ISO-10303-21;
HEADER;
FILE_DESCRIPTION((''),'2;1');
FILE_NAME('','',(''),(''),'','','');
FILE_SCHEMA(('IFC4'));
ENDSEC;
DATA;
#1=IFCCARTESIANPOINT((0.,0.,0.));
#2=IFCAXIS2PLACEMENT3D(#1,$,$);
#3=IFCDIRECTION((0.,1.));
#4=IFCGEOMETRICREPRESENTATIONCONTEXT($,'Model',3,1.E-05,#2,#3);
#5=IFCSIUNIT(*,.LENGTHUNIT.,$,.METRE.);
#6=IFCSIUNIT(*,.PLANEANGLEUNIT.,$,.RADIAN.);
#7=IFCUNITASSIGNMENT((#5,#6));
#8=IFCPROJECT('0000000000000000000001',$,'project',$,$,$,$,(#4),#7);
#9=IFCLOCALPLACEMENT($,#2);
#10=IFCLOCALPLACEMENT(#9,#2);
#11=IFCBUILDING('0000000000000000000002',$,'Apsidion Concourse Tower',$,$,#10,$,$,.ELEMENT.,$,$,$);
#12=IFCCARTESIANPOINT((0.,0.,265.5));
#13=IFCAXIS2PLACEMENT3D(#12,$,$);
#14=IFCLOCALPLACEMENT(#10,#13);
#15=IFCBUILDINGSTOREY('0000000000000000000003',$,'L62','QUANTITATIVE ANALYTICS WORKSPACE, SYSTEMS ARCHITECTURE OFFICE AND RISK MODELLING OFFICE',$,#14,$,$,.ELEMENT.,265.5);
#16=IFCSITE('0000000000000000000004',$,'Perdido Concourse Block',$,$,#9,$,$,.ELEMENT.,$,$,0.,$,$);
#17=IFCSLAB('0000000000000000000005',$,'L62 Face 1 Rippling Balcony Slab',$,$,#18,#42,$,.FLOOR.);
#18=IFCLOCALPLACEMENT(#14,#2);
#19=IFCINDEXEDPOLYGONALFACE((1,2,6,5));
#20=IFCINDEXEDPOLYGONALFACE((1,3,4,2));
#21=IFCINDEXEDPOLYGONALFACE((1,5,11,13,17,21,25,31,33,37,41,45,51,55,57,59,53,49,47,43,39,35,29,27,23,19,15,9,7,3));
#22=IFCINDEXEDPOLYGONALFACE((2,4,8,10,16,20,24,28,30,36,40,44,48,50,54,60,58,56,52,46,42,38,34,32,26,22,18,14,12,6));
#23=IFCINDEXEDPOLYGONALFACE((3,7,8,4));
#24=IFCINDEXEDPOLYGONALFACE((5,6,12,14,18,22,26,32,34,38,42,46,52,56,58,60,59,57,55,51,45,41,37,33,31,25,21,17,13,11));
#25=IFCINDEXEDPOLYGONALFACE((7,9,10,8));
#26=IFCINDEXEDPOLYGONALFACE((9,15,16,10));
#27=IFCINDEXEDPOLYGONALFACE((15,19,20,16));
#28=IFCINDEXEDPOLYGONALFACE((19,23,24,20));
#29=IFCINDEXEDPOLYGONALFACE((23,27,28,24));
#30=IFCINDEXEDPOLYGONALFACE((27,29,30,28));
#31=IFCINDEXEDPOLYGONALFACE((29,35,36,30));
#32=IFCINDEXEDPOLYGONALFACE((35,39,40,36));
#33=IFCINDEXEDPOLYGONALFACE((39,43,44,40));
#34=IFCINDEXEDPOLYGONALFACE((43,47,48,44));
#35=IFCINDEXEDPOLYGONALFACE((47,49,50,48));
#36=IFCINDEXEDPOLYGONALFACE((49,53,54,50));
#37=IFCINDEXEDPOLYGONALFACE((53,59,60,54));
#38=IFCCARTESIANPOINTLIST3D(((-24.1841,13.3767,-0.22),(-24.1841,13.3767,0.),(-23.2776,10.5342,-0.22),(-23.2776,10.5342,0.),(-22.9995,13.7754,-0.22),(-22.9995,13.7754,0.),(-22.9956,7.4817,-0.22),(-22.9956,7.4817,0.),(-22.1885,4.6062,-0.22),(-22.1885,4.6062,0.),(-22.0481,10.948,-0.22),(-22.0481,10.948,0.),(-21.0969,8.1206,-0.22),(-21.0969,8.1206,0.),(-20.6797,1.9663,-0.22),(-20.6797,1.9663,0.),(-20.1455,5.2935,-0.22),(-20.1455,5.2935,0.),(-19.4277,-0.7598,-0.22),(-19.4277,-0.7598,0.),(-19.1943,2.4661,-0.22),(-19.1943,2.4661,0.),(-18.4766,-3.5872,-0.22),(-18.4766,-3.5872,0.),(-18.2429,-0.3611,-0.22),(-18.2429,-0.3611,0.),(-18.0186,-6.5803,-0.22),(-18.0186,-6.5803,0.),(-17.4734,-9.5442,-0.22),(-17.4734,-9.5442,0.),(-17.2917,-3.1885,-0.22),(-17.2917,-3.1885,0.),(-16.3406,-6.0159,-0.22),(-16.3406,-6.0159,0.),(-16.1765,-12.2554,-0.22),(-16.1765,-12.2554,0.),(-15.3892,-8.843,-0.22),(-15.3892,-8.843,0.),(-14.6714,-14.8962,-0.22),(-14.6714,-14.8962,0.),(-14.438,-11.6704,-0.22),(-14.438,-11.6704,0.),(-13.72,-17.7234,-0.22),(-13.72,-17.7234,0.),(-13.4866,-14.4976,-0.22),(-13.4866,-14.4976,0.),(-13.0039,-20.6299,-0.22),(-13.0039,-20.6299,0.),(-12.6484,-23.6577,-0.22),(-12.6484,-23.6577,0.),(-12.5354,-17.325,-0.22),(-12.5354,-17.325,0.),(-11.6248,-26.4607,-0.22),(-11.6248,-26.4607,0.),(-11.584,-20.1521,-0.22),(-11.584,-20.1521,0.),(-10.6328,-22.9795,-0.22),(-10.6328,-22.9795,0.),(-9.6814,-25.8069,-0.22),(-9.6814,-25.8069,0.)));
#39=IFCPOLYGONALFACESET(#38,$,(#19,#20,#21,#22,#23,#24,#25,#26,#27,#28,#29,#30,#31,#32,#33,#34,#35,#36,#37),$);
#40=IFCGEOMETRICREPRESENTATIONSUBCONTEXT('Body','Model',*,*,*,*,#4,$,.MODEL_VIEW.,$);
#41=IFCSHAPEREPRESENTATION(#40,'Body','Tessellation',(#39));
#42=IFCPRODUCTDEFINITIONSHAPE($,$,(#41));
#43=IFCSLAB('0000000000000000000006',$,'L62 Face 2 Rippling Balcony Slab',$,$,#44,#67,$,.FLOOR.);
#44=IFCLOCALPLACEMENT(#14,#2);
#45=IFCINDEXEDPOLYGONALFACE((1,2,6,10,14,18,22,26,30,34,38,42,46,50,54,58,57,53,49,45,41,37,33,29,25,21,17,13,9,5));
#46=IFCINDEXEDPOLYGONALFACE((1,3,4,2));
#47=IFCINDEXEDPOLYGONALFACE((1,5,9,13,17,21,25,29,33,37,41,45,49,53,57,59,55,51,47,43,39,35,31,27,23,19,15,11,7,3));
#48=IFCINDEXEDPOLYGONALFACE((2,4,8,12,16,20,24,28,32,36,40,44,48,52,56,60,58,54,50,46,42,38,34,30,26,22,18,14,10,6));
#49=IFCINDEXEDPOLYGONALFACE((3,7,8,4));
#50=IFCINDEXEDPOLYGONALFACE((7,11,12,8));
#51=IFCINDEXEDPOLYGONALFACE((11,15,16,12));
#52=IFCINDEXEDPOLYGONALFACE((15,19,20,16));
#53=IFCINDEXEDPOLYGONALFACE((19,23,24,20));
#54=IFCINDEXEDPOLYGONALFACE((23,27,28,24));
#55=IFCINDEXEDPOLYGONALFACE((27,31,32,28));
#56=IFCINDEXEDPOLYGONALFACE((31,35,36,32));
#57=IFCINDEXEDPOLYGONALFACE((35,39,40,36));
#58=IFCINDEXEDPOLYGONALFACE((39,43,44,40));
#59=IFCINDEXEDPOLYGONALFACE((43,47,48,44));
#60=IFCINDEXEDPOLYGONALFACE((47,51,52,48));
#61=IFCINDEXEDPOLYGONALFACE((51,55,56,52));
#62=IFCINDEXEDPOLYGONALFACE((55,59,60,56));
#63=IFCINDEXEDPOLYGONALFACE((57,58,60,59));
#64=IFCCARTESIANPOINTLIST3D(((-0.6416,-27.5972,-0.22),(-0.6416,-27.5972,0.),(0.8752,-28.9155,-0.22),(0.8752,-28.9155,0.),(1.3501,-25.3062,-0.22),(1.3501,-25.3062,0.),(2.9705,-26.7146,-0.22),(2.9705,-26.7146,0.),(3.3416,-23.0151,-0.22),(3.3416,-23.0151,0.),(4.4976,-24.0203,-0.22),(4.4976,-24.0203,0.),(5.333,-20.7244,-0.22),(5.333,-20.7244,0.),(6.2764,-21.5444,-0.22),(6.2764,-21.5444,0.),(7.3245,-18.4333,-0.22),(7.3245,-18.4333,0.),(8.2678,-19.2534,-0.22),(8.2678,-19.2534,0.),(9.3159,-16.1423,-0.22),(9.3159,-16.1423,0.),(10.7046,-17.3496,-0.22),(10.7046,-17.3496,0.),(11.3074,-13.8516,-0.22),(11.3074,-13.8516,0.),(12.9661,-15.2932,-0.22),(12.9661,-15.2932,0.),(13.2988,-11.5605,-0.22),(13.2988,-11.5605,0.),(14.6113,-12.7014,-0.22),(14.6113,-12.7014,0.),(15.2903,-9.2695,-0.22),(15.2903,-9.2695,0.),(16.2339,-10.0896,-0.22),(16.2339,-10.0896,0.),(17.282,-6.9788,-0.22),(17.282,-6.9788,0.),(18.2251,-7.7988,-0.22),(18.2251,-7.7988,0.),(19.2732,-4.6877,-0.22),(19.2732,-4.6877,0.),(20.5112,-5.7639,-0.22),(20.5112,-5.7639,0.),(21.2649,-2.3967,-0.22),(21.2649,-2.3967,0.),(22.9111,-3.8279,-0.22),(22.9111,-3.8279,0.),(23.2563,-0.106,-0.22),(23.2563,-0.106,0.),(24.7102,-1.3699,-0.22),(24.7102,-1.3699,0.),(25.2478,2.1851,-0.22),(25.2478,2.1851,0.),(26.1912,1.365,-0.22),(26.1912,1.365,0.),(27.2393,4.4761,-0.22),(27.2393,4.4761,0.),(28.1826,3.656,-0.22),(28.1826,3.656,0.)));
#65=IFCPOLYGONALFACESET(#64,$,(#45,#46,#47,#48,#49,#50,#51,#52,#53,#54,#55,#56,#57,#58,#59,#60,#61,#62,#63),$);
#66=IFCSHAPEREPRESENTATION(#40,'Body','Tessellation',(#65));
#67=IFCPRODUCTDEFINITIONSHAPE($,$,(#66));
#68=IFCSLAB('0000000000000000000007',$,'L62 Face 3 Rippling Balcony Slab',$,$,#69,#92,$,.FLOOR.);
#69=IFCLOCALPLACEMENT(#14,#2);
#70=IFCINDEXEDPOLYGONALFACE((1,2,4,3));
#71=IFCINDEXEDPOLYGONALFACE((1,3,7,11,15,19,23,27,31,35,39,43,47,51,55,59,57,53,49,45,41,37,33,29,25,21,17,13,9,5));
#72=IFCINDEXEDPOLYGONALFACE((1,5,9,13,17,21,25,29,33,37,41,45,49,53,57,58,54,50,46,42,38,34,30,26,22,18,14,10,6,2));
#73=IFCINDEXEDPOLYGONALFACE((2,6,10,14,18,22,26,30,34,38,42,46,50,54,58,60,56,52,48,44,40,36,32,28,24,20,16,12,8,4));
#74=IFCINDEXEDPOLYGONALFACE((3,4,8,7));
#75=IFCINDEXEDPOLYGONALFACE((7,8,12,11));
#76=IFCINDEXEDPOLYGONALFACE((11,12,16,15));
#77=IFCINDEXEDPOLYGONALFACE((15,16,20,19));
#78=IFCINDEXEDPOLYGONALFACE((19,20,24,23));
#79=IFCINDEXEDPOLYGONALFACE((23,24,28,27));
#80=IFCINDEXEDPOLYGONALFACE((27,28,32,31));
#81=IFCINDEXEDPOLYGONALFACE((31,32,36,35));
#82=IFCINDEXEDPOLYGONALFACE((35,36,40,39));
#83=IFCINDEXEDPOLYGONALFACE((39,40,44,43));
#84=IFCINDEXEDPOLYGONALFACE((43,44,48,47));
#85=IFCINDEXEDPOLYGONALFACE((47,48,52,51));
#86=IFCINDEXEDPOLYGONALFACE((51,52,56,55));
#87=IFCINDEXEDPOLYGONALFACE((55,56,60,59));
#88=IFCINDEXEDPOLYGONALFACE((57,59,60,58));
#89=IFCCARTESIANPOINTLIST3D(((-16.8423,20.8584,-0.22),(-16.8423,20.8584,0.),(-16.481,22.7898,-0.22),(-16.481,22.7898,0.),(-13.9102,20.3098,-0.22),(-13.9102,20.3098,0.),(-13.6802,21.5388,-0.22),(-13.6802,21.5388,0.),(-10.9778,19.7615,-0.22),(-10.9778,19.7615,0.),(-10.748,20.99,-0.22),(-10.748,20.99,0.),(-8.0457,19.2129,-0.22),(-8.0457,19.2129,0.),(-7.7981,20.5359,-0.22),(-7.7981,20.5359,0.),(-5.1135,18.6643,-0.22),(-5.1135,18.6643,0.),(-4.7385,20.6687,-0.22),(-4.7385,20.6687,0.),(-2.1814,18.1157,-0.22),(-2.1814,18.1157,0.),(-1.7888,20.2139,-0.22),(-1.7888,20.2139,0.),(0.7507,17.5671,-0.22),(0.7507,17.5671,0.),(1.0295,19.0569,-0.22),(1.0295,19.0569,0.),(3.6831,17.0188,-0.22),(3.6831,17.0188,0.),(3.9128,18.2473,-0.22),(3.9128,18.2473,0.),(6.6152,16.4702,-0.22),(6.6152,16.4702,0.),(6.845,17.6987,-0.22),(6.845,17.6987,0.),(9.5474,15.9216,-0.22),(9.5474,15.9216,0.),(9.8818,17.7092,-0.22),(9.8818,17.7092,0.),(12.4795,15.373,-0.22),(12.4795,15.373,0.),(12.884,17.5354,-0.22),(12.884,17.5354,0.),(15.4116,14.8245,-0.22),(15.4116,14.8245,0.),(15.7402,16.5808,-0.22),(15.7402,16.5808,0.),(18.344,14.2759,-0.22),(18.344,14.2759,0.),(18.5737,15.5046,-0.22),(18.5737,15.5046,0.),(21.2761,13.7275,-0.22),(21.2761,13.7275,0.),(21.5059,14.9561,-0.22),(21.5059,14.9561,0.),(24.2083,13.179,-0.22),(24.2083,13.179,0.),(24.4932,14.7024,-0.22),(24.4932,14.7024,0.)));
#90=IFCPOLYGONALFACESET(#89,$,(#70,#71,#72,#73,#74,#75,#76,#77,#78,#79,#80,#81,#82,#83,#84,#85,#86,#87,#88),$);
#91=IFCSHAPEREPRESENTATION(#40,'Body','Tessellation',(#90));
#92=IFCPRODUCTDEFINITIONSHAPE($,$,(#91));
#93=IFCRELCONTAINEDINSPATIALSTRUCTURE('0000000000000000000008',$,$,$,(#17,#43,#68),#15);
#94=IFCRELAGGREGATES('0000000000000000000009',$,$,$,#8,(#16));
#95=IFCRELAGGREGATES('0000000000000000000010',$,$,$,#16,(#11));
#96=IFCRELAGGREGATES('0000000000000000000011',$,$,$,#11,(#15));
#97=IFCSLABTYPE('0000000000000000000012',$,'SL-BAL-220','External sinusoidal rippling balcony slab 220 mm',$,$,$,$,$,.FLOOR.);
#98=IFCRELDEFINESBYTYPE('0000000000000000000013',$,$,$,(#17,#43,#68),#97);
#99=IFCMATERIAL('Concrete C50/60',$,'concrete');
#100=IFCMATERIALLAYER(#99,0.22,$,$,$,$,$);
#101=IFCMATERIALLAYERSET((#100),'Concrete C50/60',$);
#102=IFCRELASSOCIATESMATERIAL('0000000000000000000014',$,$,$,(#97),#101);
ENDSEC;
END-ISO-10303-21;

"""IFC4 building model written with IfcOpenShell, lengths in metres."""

from ifc_helpers import new_model, si_unit, direction, frame, origin, place, context, subcontext, project, spatial, polyline, outline, extrude, material, layer, layer_set, type_object, element, save


model = new_model("IFC4")

# Units and contexts
model_context = context("Model", 3, precision=1e-05, world=origin(), true_north=direction((0.0, 1.0)))
body_context = subcontext(model_context, "Body", "Model", "MODEL_VIEW")
ifc_project = project(units=[si_unit("LENGTHUNIT", "METRE"), si_unit("PLANEANGLEUNIT", "RADIAN")], contexts=[model_context])

# Site, building, storey
site_placement = place(None, origin())
site = spatial("IfcSite", under=ifc_project, at=site_placement, Name="Perdido Concourse Block", CompositionType="ELEMENT", RefElevation=0.0)
building_placement = place(site_placement, origin())
building = spatial("IfcBuilding", under=site, at=building_placement, Name="Apsidion Concourse Tower", CompositionType="ELEMENT")
storey_placement = place(building_placement, frame((0.0, 0.0, 265.5)))
storey = spatial("IfcBuildingStorey", under=building, at=storey_placement, Name="L62", Description="QUANTITATIVE ANALYTICS WORKSPACE, SYSTEMS ARCHITECTURE OFFICE AND RISK MODELLING OFFICE", CompositionType="ELEMENT", Elevation=265.5)

# Shared definitions
ifc_material_1 = material(Name="Concrete C50/60", Category="concrete")

# Slabs
ifc_layer_1 = layer(ifc_material_1, 0.22)
ifc_layer_set_1 = layer_set([ifc_layer_1], Name="Concrete C50/60")
slab_type_1 = type_object("IfcSlabType", Name="SL-BAL-220", Description="External sinusoidal rippling balcony slab 220 mm", PredefinedType="FLOOR", material=ifc_layer_set_1)
slab_1_placement = place(storey_placement, frame((0.0, 0.0, -0.22)))
element("IfcSlab", 1, at=slab_1_placement, inside=storey, type_object=slab_type_1, Name="L62 Face 1 Rippling Balcony Slab", PredefinedType="FLOOR", context=body_context, shape_type="SweptSolid", body=[
    extrude(outline(polyline([(-22.9995, 13.7754), (-22.0481, 10.948), (-21.0969, 8.1206), (-20.1455, 5.2935), (-19.1943, 2.4661), (-18.2429, -0.3611), (-17.2917, -3.1885), (-16.3406, -6.0159), (-15.3892, -8.843), (-14.438, -11.6704), (-13.4866, -14.4976), (-12.5354, -17.325), (-11.584, -20.1521), (-10.6328, -22.9795), (-9.6814, -25.8069), (-11.6248, -26.4607), (-12.6484, -23.6577), (-13.0039, -20.6299), (-13.72, -17.7234), (-14.6714, -14.8962), (-16.1765, -12.2554), (-17.4734, -9.5442), (-18.0186, -6.5803), (-18.4766, -3.5872), (-19.4277, -0.7598), (-20.6797, 1.9663), (-22.1885, 4.6062), (-22.9956, 7.4817), (-23.2776, 10.5342), (-24.1841, 13.3767), (-22.9995, 13.7754)])), origin(), (0.0, 0.0, 1.0), 0.22),
])
slab_2_placement = place(storey_placement, frame((0.0, 0.0, -0.22)))
element("IfcSlab", 2, at=slab_2_placement, inside=storey, type_object=slab_type_1, Name="L62 Face 2 Rippling Balcony Slab", PredefinedType="FLOOR", context=body_context, shape_type="SweptSolid", body=[
    extrude(outline(polyline([(-0.6416, -27.5972), (1.3501, -25.3062), (3.3416, -23.0151), (5.333, -20.7244), (7.3245, -18.4333), (9.3159, -16.1423), (11.3074, -13.8516), (13.2988, -11.5605), (15.2903, -9.2695), (17.282, -6.9788), (19.2732, -4.6877), (21.2649, -2.3967), (23.2563, -0.106), (25.2478, 2.1851), (27.2393, 4.4761), (28.1826, 3.656), (26.1912, 1.365), (24.7102, -1.3699), (22.9111, -3.8279), (20.5112, -5.7639), (18.2251, -7.7988), (16.2339, -10.0896), (14.6113, -12.7014), (12.9661, -15.2932), (10.7046, -17.3496), (8.2678, -19.2534), (6.2764, -21.5444), (4.4976, -24.0203), (2.9705, -26.7146), (0.8752, -28.9155), (-0.6416, -27.5972)])), origin(), (0.0, 0.0, 1.0), 0.22),
])
slab_3_placement = place(storey_placement, frame((0.0, 0.0, -0.22)))
element("IfcSlab", 3, at=slab_3_placement, inside=storey, type_object=slab_type_1, Name="L62 Face 3 Rippling Balcony Slab", PredefinedType="FLOOR", context=body_context, shape_type="SweptSolid", body=[
    extrude(outline(polyline([(24.2083, 13.179), (21.2761, 13.7275), (18.344, 14.2759), (15.4116, 14.8245), (12.4795, 15.373), (9.5474, 15.9216), (6.6152, 16.4702), (3.6831, 17.0188), (0.7507, 17.5671), (-2.1814, 18.1157), (-5.1135, 18.6643), (-8.0457, 19.2129), (-10.9778, 19.7615), (-13.9102, 20.3098), (-16.8423, 20.8584), (-16.481, 22.7898), (-13.6802, 21.5388), (-10.748, 20.99), (-7.7981, 20.5359), (-4.7385, 20.6687), (-1.7888, 20.2139), (1.0295, 19.0569), (3.9128, 18.2473), (6.845, 17.6987), (9.8818, 17.7092), (12.884, 17.5354), (15.7402, 16.5808), (18.5737, 15.5046), (21.5059, 14.9561), (24.4932, 14.7024), (24.2083, 13.179)])), origin(), (0.0, 0.0, 1.0), 0.22),
])

save(model, "model.ifc")
